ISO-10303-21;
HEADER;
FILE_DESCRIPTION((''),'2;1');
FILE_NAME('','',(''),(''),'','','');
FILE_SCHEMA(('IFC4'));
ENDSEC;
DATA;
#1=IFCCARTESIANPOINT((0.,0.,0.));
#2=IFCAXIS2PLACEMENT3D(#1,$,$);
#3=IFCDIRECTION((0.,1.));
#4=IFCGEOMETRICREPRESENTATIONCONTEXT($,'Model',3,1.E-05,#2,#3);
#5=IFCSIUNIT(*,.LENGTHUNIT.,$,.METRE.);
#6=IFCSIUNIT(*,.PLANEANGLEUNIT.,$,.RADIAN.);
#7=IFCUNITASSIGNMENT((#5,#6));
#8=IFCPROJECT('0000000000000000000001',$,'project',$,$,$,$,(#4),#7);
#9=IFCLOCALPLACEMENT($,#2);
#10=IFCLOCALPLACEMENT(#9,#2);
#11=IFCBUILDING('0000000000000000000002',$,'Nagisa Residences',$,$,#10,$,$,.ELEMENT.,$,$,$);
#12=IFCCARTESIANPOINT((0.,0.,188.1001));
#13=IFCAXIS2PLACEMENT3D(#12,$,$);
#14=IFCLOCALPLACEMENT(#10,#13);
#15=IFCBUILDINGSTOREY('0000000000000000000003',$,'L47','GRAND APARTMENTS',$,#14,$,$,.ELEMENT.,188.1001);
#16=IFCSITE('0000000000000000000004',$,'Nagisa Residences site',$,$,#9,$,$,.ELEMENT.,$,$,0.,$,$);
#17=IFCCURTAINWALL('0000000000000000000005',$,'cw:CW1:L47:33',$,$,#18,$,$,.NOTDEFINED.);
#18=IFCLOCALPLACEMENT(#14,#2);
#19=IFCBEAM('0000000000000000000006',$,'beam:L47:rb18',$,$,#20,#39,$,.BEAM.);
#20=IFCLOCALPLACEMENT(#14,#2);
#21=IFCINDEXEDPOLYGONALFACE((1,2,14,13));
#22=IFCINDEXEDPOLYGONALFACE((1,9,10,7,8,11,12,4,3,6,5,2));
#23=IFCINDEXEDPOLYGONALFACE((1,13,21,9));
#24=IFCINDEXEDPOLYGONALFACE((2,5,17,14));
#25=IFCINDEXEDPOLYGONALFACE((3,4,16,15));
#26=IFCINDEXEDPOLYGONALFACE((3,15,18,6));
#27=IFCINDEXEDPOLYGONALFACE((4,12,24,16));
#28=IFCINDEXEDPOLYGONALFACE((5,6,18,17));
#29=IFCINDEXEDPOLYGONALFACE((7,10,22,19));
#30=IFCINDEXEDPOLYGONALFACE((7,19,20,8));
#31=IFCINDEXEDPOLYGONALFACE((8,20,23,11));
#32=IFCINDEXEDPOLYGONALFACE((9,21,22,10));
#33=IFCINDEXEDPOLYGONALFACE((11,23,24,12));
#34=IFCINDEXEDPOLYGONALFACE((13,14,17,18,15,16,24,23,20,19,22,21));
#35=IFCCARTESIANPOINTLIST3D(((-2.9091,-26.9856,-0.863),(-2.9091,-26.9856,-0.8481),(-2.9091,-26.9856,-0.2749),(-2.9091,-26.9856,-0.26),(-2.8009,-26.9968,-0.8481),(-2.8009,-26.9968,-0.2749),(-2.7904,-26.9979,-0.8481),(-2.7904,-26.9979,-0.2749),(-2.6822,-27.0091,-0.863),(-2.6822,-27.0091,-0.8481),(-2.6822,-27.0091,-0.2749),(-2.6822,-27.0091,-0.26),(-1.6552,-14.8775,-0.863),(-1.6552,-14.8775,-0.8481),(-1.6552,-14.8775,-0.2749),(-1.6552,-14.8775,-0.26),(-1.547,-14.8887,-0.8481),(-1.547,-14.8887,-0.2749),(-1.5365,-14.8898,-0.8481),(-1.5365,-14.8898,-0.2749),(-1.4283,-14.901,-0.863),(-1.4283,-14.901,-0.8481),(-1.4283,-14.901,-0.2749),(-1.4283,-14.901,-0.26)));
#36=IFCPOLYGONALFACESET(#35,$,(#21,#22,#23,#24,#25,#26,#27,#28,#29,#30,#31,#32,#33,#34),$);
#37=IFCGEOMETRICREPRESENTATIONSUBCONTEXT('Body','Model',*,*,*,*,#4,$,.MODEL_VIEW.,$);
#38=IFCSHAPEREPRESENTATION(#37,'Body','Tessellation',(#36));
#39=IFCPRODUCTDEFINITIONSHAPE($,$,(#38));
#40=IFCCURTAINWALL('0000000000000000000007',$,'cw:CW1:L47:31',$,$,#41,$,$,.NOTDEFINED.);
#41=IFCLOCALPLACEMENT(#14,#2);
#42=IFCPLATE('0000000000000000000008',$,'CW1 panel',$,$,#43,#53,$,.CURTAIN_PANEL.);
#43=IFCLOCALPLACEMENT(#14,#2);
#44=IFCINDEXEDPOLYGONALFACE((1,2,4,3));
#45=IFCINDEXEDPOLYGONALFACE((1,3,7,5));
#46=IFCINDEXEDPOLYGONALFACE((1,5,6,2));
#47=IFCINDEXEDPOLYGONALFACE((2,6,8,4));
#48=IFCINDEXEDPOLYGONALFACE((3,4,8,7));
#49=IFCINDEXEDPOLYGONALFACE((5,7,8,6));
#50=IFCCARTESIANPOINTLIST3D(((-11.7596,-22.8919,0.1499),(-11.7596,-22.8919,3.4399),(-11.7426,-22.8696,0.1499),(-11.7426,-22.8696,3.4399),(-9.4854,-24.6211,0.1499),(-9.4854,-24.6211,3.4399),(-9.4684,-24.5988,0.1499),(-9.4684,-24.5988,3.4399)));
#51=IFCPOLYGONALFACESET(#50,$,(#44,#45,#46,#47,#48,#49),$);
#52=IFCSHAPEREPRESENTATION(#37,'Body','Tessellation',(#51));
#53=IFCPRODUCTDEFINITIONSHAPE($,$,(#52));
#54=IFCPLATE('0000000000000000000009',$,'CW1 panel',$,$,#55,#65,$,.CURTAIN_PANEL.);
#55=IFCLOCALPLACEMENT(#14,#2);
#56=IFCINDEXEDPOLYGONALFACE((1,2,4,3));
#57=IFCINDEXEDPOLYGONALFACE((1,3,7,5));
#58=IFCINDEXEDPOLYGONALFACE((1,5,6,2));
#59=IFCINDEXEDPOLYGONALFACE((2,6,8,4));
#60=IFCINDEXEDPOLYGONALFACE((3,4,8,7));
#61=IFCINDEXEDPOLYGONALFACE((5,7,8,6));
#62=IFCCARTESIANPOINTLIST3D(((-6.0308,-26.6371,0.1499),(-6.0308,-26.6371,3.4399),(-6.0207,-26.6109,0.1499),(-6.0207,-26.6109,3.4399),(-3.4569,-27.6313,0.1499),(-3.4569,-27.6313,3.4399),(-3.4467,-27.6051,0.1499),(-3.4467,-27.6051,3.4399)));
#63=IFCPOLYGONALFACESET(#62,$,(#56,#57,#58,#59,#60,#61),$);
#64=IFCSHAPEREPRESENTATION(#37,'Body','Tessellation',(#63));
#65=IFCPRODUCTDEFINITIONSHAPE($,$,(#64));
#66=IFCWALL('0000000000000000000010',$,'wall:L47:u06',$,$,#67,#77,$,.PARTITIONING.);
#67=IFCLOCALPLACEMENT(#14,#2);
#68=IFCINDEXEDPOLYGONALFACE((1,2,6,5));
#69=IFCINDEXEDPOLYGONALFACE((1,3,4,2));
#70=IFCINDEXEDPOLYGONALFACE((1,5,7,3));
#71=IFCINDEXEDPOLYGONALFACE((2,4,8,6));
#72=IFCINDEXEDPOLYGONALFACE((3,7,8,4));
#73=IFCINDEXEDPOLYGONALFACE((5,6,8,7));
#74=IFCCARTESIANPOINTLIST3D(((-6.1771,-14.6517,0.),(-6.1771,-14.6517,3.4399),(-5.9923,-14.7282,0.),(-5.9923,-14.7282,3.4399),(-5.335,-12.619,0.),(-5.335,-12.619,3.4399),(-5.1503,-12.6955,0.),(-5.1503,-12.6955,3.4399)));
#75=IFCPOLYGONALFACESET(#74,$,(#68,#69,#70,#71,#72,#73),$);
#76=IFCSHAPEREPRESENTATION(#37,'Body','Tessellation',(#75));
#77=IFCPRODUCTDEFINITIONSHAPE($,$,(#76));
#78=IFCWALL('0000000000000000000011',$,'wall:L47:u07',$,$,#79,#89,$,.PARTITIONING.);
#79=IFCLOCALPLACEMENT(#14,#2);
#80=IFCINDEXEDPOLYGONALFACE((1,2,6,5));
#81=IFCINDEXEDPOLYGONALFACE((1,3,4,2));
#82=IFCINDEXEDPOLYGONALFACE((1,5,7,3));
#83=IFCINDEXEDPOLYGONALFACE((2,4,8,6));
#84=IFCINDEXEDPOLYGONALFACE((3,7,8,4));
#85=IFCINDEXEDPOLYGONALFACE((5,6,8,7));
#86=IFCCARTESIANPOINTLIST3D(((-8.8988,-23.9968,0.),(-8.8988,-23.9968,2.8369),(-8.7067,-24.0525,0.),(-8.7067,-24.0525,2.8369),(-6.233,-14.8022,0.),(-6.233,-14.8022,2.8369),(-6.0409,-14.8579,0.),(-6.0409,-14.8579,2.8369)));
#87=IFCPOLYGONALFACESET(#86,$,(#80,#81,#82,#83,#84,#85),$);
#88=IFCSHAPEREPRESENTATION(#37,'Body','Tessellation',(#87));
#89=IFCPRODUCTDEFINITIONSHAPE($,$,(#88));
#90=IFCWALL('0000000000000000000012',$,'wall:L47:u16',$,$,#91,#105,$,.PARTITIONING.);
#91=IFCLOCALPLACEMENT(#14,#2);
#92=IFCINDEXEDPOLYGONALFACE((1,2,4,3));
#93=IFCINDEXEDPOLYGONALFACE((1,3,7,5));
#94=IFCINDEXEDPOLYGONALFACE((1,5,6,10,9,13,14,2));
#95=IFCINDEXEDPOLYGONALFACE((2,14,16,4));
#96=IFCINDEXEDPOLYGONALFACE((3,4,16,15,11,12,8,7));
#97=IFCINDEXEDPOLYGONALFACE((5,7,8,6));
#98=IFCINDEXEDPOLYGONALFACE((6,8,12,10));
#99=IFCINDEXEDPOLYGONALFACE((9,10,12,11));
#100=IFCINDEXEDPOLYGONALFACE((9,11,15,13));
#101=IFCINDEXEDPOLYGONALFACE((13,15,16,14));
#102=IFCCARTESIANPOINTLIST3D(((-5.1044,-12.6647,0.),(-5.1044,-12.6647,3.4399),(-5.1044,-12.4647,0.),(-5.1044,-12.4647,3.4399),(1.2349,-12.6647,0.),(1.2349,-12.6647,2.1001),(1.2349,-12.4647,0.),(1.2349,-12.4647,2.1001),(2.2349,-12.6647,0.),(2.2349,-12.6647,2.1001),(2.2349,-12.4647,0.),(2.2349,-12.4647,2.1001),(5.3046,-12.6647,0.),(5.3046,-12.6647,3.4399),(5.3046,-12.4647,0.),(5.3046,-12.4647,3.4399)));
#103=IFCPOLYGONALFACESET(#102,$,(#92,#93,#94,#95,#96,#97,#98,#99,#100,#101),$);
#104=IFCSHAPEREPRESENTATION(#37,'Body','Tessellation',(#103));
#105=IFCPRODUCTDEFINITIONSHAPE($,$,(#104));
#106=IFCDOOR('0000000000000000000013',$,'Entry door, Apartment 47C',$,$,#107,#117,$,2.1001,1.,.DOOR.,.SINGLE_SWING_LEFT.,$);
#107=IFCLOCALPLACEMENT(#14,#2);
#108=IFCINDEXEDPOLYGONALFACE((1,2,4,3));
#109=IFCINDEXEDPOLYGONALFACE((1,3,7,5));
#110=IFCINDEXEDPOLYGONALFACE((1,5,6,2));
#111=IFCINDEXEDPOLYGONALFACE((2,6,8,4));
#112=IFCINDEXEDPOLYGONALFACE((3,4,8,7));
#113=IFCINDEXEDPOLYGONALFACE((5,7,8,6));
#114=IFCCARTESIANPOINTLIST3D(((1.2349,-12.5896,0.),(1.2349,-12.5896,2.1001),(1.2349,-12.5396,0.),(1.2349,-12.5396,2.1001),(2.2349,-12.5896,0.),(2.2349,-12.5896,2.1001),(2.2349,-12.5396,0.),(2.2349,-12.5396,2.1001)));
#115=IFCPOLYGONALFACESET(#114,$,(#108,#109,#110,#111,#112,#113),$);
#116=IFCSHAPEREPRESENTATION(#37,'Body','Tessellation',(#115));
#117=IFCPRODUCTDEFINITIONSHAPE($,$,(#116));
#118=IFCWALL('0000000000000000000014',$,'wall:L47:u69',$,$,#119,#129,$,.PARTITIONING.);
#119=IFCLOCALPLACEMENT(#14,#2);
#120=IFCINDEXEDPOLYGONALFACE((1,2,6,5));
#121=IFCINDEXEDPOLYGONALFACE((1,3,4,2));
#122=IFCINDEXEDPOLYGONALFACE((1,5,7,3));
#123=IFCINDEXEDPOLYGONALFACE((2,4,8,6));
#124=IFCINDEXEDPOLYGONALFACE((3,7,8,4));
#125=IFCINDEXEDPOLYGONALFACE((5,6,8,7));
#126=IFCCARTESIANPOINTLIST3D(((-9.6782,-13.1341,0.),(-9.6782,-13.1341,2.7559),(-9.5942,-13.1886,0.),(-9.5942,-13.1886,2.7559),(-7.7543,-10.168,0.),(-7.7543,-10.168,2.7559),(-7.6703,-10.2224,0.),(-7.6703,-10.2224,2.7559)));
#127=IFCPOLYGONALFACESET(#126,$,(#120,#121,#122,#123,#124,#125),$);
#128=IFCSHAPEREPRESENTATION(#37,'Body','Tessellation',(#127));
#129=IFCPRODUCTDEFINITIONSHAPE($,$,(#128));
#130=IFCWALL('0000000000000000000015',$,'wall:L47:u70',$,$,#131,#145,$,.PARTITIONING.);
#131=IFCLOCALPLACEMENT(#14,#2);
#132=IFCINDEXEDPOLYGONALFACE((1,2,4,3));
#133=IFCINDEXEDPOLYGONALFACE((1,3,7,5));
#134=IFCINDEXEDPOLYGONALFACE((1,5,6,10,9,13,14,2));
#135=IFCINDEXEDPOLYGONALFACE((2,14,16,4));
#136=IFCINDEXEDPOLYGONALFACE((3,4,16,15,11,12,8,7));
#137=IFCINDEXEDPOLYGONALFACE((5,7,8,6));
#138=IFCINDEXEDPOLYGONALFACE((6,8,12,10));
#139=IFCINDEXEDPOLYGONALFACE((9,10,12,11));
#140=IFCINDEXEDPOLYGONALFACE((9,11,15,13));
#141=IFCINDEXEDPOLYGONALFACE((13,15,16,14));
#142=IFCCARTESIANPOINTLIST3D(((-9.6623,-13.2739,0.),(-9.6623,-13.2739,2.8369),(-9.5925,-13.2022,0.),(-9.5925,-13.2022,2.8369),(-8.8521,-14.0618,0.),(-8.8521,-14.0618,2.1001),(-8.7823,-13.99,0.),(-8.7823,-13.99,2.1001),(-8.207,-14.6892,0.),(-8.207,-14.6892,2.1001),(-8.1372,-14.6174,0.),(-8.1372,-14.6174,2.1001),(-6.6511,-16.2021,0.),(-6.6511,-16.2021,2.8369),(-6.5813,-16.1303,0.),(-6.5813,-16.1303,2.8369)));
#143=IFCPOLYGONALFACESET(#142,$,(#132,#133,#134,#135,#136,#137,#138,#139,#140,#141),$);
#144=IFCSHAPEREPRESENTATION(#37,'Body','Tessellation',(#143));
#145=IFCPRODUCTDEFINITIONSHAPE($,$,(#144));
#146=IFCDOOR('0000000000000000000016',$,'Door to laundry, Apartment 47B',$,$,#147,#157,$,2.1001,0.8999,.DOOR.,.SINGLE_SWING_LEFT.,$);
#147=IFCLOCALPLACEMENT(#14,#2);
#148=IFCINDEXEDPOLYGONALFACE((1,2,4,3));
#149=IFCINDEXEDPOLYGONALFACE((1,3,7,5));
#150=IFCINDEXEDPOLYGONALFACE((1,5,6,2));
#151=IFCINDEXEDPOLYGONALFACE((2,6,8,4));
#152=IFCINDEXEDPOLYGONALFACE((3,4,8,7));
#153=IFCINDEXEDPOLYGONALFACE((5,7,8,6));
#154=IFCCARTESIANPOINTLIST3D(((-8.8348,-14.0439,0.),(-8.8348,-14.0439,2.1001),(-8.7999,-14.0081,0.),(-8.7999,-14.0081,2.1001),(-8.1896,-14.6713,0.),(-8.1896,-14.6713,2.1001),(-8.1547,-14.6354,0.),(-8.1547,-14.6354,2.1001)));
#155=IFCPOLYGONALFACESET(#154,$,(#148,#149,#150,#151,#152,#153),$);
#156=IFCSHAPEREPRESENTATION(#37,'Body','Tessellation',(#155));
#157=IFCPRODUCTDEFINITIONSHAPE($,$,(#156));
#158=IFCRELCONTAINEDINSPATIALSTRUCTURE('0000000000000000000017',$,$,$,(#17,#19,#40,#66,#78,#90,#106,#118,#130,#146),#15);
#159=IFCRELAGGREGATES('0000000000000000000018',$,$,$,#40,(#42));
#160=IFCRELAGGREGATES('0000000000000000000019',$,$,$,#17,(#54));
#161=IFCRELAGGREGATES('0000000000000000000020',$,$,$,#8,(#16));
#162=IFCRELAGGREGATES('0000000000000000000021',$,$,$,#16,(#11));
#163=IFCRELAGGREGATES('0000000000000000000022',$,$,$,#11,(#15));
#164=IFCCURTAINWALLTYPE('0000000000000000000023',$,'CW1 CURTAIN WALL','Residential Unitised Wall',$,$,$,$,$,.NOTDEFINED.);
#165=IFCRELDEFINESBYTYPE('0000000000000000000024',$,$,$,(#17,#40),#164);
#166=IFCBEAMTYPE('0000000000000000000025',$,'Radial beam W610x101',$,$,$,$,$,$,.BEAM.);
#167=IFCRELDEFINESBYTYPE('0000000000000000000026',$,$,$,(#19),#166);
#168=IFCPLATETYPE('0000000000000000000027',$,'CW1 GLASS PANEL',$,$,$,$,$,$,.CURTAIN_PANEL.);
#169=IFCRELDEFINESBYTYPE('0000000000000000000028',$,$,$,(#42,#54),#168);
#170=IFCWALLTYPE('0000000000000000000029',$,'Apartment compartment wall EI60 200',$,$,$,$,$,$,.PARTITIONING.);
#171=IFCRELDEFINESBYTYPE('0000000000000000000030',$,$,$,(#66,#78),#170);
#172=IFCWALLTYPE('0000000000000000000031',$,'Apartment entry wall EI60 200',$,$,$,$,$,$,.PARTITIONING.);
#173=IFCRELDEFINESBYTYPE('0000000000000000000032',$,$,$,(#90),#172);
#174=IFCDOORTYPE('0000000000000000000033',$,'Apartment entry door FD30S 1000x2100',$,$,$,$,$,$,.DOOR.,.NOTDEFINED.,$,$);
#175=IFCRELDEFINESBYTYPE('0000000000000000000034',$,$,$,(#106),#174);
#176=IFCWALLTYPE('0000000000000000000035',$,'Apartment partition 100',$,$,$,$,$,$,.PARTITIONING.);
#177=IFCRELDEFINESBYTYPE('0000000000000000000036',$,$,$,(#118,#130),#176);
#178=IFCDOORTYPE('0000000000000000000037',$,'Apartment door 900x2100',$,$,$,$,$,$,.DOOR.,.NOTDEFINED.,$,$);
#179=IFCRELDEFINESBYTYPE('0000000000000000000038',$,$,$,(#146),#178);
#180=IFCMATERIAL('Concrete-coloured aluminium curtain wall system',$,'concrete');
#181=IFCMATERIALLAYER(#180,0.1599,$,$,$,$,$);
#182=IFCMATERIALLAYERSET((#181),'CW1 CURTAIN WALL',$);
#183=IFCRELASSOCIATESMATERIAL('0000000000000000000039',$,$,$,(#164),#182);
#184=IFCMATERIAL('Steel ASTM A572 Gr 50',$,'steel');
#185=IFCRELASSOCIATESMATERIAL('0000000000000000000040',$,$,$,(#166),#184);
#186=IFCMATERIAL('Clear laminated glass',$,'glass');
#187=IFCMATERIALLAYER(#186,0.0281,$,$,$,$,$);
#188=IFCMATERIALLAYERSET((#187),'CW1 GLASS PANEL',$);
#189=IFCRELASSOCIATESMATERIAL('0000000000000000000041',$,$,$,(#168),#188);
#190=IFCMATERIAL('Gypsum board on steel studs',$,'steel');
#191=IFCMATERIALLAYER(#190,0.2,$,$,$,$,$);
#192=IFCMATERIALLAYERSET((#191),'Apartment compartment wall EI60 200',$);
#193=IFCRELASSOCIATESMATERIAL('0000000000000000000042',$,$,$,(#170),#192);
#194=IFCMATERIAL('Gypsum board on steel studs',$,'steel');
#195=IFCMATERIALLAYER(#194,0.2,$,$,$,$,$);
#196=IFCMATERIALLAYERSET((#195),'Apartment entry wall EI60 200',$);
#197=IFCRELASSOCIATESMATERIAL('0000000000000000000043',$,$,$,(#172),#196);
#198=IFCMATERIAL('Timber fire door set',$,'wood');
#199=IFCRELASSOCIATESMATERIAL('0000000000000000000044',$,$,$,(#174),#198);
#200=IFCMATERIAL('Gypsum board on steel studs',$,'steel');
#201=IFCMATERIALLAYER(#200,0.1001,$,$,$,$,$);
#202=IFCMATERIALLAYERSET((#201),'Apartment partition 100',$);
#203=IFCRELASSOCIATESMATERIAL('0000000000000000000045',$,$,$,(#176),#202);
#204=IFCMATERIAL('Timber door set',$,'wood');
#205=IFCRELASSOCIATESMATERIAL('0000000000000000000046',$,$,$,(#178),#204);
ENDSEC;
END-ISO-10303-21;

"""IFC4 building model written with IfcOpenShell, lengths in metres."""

from ifc_helpers import new_model, si_unit, direction, frame, frame_2d, origin, origin_2d, place, context, subcontext, project, spatial, rectangle, i_section, extrude, material, layer, layer_set, material_profile, profile_set, type_object, element, fill, aggregate, save


model = new_model("IFC4")

# Units and contexts
model_context = context("Model", 3, precision=1e-05, world=origin(), true_north=direction((0.0, 1.0)))
body_context = subcontext(model_context, "Body", "Model", "MODEL_VIEW")
ifc_project = project(units=[si_unit("LENGTHUNIT", "METRE"), si_unit("PLANEANGLEUNIT", "RADIAN")], contexts=[model_context])

# Site, building, storey
site_placement = place(None, origin())
site = spatial("IfcSite", under=ifc_project, at=site_placement, Name="Nagisa Residences site", CompositionType="ELEMENT", RefElevation=0.0)
building_placement = place(site_placement, origin())
building = spatial("IfcBuilding", under=site, at=building_placement, Name="Nagisa Residences", CompositionType="ELEMENT")
storey_placement = place(building_placement, frame((0.0, 0.0, 188.1001)))
storey = spatial("IfcBuildingStorey", under=building, at=storey_placement, Name="L47", Description="GRAND APARTMENTS", CompositionType="ELEMENT", Elevation=188.1001)

# Curtain wall
ifc_material_1 = material(Name="Concrete-coloured aluminium curtain wall system", Category="concrete")
ifc_layer_1 = layer(ifc_material_1, 0.1599)
ifc_layer_set_1 = layer_set([ifc_layer_1], Name="CW1 CURTAIN WALL")
curtain_wall_type = type_object("IfcCurtainWallType", Name="CW1 CURTAIN WALL", Description="Residential Unitised Wall", PredefinedType="NOTDEFINED", material=ifc_layer_set_1)
curtain_wall_1_placement = place(storey_placement, origin())
curtain_wall_1 = element("IfcCurtainWall", 1, at=curtain_wall_1_placement, inside=storey, type_object=curtain_wall_type, Name="cw:CW1:L47:33", PredefinedType="NOTDEFINED")

# Beam
ifc_material_2 = material(Name="Steel ASTM A572 Gr 50", Category="steel")
ifc_material_profile_1 = material_profile(ifc_material_2, i_section(OverallWidth=0.228, OverallDepth=0.603, WebThickness=0.0105, FlangeThickness=0.0149, at=origin_2d()), Name="W610x101")
ifc_profile_set_1 = profile_set([ifc_material_profile_1], Name="Steel ASTM A572 Gr 50")
beam_type_1 = type_object("IfcBeamType", Name="Radial beam W610x101", PredefinedType="BEAM", material=ifc_profile_set_1)
beam_1_placement = place(storey_placement, frame((-2.7957, -26.9973, -0.5615), z_axis=(0.103008, 0.994681, 0.0), x_axis=(-0.994681, 0.103008, 0.0)))
element("IfcBeam", 2, at=beam_1_placement, inside=storey, type_object=beam_type_1, Name="beam:L47:rb18", PredefinedType="BEAM", context=body_context, shape_type="SweptSolid", body=[
    extrude(i_section(OverallWidth=0.228, OverallDepth=0.603, WebThickness=0.0105, FlangeThickness=0.0149, at=origin_2d()), origin(), (0.0, 0.0, 1.0), 12.1729),
])

# Curtain wall, plate
curtain_wall_2_placement = place(storey_placement, origin())
curtain_wall_2 = element("IfcCurtainWall", 3, at=curtain_wall_2_placement, inside=storey, type_object=curtain_wall_type, Name="cw:CW1:L47:31", PredefinedType="NOTDEFINED")
ifc_material_3 = material(Name="Clear laminated glass", Category="glass")
ifc_layer_2 = layer(ifc_material_3, 0.0281)
ifc_layer_set_2 = layer_set([ifc_layer_2], Name="CW1 GLASS PANEL")
plate_type = type_object("IfcPlateType", Name="CW1 GLASS PANEL", PredefinedType="CURTAIN_PANEL", material=ifc_layer_set_2)
plate_1_placement = place(storey_placement, frame((-10.614, -23.7454, 0.1499), z_axis=(0.0, 0.0, 1.0), x_axis=(0.796031, -0.605255, 0.0)))
plate_1 = element("IfcPlate", 4, at=plate_1_placement, type_object=plate_type, Name="CW1 panel", PredefinedType="CURTAIN_PANEL", context=body_context, shape_type="SweptSolid", body=[
    extrude(rectangle(XDim=2.8569, YDim=0.0281, at=origin_2d()), origin(), (0.0, 0.0, 1.0), 3.29),
])
aggregate(curtain_wall_2, [plate_1])

# Plate
plate_2_placement = place(storey_placement, frame((-4.7388, -27.1211, 0.1499), z_axis=(0.0, 0.0, 1.0), x_axis=(0.932826, -0.360328, 0.0)))
plate_2 = element("IfcPlate", 5, at=plate_2_placement, type_object=plate_type, Name="CW1 panel", PredefinedType="CURTAIN_PANEL", context=body_context, shape_type="SweptSolid", body=[
    extrude(rectangle(XDim=2.7593, YDim=0.0281, at=origin_2d()), origin(), (0.0, 0.0, 1.0), 3.29),
])
aggregate(curtain_wall_1, [plate_2])

# Walls
ifc_material_4 = material(Name="Gypsum board on steel studs", Category="steel")
ifc_layer_3 = layer(ifc_material_4, 0.2)
ifc_layer_set_3 = layer_set([ifc_layer_3], Name="Apartment compartment wall EI60 200")
wall_type_1 = type_object("IfcWallType", Name="Apartment compartment wall EI60 200", PredefinedType="PARTITIONING", material=ifc_layer_set_3)
wall_1_placement = place(storey_placement, frame((-5.2427, -12.6572, 0.0), z_axis=(0.0, 0.0, 1.0), x_axis=(-0.382708, -0.923869, 0.0)))
element("IfcWall", 6, at=wall_1_placement, inside=storey, type_object=wall_type_1, Name="wall:L47:u06", PredefinedType="PARTITIONING", context=body_context, shape_type="SweptSolid", body=[
    extrude(rectangle(XDim=2.2002, YDim=0.2, at=frame_2d((1.1001, 0.0))), origin(), (0.0, 0.0, 1.0), 3.4399),
])
wall_2_placement = place(storey_placement, frame((-6.137, -14.8301, 0.0), z_axis=(0.0, 0.0, 1.0), x_axis=(-0.278461, -0.960447, 0.0)))
element("IfcWall", 7, at=wall_2_placement, inside=storey, type_object=wall_type_1, Name="wall:L47:u07", PredefinedType="PARTITIONING", context=body_context, shape_type="SweptSolid", body=[
    extrude(rectangle(XDim=9.5732, YDim=0.2, at=frame_2d((4.7866, 0.0))), origin(), (0.0, 0.0, 1.0), 2.8369),
])

# Wall, opening, door
ifc_material_5 = material(Name="Gypsum board on steel studs", Category="steel")
ifc_layer_4 = layer(ifc_material_5, 0.2)
ifc_layer_set_4 = layer_set([ifc_layer_4], Name="Apartment entry wall EI60 200")
wall_type_2 = type_object("IfcWallType", Name="Apartment entry wall EI60 200", PredefinedType="PARTITIONING", material=ifc_layer_set_4)
wall_3_placement = place(storey_placement, frame((-5.1045, -12.5647, 0.0), z_axis=(0.0, 0.0, 1.0), x_axis=(1.0, 0.0, 0.0)))
wall_3 = element("IfcWall", 8, at=wall_3_placement, inside=storey, type_object=wall_type_2, Name="wall:L47:u16", PredefinedType="PARTITIONING", context=body_context, shape_type="SweptSolid", body=[
    extrude(rectangle(XDim=10.4089, YDim=0.2, at=frame_2d((5.2046, 0.0))), origin(), (0.0, 0.0, 1.0), 3.4399),
])
opening_1_placement = place(wall_3_placement, frame((6.3394, 0.0, 0.0)))
opening_1 = element("IfcOpeningElement", 9, at=opening_1_placement, cuts=wall_3, PredefinedType="OPENING", context=body_context, shape_type="SweptSolid", body=[
    extrude(rectangle(XDim=1.0, YDim=2.1001, at=frame_2d((0.5, 1.05))), frame((0.0, 0.1099, 0.0), z_axis=(0.0, -1.0, 0.0), x_axis=(1.0, 0.0, 0.0)), (0.0, 0.0, 1.0), 0.22),
])
ifc_material_6 = material(Name="Timber fire door set", Category="wood")
door_type_1 = type_object("IfcDoorType", Name="Apartment entry door FD30S 1000x2100", OperationType="NOTDEFINED", PredefinedType="DOOR", material=ifc_material_6)
door_1_placement = place(opening_1_placement, frame((1.0, 0.0, 0.0), x_axis=(-1.0, 0.0, 0.0)))
door_1 = element("IfcDoor", 10, at=door_1_placement, inside=storey, type_object=door_type_1, Name="Entry door, Apartment 47C", OperationType="SINGLE_SWING_LEFT", OverallHeight=2.1001, OverallWidth=1.0, PredefinedType="DOOR", context=body_context, shape_type="SweptSolid", body=[
    extrude(rectangle(XDim=1.0, YDim=2.1001, at=frame_2d((0.5, 1.05))), frame((0.0, 0.0249, 0.0), z_axis=(0.0, -1.0, 0.0), x_axis=(1.0, 0.0, 0.0)), (0.0, 0.0, 1.0), 0.05),
])
fill(opening_1, door_1)

# Wall
ifc_material_7 = material(Name="Gypsum board on steel studs", Category="steel")
ifc_layer_5 = layer(ifc_material_7, 0.1001)
ifc_layer_set_5 = layer_set([ifc_layer_5], Name="Apartment partition 100")
wall_type_3 = type_object("IfcWallType", Name="Apartment partition 100", PredefinedType="PARTITIONING", material=ifc_layer_set_5)
wall_4_placement = place(storey_placement, frame((-7.7124, -10.1953, 0.0), z_axis=(0.0, 0.0, 1.0), x_axis=(-0.54417, -0.838975, 0.0)))
element("IfcWall", 11, at=wall_4_placement, inside=storey, type_object=wall_type_3, Name="wall:L47:u69", PredefinedType="PARTITIONING", context=body_context, shape_type="SweptSolid", body=[
    extrude(rectangle(XDim=3.5354, YDim=0.1001, at=frame_2d((1.7676, 0.0))), origin(), (0.0, 0.0, 1.0), 2.7559),
])

# Wall, opening, door
wall_5_placement = place(storey_placement, frame((-9.6274, -13.238, 0.0), z_axis=(0.0, 0.0, 1.0), x_axis=(0.716919, -0.697156, 0.0)))
wall_5 = element("IfcWall", 12, at=wall_5_placement, inside=storey, type_object=wall_type_3, Name="wall:L47:u70", PredefinedType="PARTITIONING", context=body_context, shape_type="SweptSolid", body=[
    extrude(rectangle(XDim=4.2002, YDim=0.1001, at=frame_2d((2.1001, 0.0))), origin(), (0.0, 0.0, 1.0), 2.8369),
])
opening_2_placement = place(wall_5_placement, frame((1.1301, 0.0, 0.0)))
opening_2 = element("IfcOpeningElement", 13, at=opening_2_placement, cuts=wall_5, PredefinedType="OPENING", context=body_context, shape_type="SweptSolid", body=[
    extrude(rectangle(XDim=0.8999, YDim=2.1001, at=frame_2d((0.45, 1.05))), frame((0.0, 0.0601, 0.0), z_axis=(0.0, -1.0, 0.0), x_axis=(1.0, 0.0, 0.0)), (0.0, 0.0, 1.0), 0.1201),
])
ifc_material_8 = material(Name="Timber door set", Category="wood")
door_type_2 = type_object("IfcDoorType", Name="Apartment door 900x2100", OperationType="NOTDEFINED", PredefinedType="DOOR", material=ifc_material_8)
door_2_placement = place(opening_2_placement, origin())
door_2 = element("IfcDoor", 14, at=door_2_placement, inside=storey, type_object=door_type_2, Name="Door to laundry, Apartment 47B", OperationType="SINGLE_SWING_LEFT", OverallHeight=2.1001, OverallWidth=0.8999, PredefinedType="DOOR", context=body_context, shape_type="SweptSolid", body=[
    extrude(rectangle(XDim=0.8999, YDim=2.1001, at=frame_2d((0.45, 1.05))), frame((0.0, 0.0249, 0.0), z_axis=(0.0, -1.0, 0.0), x_axis=(1.0, 0.0, 0.0)), (0.0, 0.0, 1.0), 0.05),
])
fill(opening_2, door_2)

save(model, "model.ifc")
